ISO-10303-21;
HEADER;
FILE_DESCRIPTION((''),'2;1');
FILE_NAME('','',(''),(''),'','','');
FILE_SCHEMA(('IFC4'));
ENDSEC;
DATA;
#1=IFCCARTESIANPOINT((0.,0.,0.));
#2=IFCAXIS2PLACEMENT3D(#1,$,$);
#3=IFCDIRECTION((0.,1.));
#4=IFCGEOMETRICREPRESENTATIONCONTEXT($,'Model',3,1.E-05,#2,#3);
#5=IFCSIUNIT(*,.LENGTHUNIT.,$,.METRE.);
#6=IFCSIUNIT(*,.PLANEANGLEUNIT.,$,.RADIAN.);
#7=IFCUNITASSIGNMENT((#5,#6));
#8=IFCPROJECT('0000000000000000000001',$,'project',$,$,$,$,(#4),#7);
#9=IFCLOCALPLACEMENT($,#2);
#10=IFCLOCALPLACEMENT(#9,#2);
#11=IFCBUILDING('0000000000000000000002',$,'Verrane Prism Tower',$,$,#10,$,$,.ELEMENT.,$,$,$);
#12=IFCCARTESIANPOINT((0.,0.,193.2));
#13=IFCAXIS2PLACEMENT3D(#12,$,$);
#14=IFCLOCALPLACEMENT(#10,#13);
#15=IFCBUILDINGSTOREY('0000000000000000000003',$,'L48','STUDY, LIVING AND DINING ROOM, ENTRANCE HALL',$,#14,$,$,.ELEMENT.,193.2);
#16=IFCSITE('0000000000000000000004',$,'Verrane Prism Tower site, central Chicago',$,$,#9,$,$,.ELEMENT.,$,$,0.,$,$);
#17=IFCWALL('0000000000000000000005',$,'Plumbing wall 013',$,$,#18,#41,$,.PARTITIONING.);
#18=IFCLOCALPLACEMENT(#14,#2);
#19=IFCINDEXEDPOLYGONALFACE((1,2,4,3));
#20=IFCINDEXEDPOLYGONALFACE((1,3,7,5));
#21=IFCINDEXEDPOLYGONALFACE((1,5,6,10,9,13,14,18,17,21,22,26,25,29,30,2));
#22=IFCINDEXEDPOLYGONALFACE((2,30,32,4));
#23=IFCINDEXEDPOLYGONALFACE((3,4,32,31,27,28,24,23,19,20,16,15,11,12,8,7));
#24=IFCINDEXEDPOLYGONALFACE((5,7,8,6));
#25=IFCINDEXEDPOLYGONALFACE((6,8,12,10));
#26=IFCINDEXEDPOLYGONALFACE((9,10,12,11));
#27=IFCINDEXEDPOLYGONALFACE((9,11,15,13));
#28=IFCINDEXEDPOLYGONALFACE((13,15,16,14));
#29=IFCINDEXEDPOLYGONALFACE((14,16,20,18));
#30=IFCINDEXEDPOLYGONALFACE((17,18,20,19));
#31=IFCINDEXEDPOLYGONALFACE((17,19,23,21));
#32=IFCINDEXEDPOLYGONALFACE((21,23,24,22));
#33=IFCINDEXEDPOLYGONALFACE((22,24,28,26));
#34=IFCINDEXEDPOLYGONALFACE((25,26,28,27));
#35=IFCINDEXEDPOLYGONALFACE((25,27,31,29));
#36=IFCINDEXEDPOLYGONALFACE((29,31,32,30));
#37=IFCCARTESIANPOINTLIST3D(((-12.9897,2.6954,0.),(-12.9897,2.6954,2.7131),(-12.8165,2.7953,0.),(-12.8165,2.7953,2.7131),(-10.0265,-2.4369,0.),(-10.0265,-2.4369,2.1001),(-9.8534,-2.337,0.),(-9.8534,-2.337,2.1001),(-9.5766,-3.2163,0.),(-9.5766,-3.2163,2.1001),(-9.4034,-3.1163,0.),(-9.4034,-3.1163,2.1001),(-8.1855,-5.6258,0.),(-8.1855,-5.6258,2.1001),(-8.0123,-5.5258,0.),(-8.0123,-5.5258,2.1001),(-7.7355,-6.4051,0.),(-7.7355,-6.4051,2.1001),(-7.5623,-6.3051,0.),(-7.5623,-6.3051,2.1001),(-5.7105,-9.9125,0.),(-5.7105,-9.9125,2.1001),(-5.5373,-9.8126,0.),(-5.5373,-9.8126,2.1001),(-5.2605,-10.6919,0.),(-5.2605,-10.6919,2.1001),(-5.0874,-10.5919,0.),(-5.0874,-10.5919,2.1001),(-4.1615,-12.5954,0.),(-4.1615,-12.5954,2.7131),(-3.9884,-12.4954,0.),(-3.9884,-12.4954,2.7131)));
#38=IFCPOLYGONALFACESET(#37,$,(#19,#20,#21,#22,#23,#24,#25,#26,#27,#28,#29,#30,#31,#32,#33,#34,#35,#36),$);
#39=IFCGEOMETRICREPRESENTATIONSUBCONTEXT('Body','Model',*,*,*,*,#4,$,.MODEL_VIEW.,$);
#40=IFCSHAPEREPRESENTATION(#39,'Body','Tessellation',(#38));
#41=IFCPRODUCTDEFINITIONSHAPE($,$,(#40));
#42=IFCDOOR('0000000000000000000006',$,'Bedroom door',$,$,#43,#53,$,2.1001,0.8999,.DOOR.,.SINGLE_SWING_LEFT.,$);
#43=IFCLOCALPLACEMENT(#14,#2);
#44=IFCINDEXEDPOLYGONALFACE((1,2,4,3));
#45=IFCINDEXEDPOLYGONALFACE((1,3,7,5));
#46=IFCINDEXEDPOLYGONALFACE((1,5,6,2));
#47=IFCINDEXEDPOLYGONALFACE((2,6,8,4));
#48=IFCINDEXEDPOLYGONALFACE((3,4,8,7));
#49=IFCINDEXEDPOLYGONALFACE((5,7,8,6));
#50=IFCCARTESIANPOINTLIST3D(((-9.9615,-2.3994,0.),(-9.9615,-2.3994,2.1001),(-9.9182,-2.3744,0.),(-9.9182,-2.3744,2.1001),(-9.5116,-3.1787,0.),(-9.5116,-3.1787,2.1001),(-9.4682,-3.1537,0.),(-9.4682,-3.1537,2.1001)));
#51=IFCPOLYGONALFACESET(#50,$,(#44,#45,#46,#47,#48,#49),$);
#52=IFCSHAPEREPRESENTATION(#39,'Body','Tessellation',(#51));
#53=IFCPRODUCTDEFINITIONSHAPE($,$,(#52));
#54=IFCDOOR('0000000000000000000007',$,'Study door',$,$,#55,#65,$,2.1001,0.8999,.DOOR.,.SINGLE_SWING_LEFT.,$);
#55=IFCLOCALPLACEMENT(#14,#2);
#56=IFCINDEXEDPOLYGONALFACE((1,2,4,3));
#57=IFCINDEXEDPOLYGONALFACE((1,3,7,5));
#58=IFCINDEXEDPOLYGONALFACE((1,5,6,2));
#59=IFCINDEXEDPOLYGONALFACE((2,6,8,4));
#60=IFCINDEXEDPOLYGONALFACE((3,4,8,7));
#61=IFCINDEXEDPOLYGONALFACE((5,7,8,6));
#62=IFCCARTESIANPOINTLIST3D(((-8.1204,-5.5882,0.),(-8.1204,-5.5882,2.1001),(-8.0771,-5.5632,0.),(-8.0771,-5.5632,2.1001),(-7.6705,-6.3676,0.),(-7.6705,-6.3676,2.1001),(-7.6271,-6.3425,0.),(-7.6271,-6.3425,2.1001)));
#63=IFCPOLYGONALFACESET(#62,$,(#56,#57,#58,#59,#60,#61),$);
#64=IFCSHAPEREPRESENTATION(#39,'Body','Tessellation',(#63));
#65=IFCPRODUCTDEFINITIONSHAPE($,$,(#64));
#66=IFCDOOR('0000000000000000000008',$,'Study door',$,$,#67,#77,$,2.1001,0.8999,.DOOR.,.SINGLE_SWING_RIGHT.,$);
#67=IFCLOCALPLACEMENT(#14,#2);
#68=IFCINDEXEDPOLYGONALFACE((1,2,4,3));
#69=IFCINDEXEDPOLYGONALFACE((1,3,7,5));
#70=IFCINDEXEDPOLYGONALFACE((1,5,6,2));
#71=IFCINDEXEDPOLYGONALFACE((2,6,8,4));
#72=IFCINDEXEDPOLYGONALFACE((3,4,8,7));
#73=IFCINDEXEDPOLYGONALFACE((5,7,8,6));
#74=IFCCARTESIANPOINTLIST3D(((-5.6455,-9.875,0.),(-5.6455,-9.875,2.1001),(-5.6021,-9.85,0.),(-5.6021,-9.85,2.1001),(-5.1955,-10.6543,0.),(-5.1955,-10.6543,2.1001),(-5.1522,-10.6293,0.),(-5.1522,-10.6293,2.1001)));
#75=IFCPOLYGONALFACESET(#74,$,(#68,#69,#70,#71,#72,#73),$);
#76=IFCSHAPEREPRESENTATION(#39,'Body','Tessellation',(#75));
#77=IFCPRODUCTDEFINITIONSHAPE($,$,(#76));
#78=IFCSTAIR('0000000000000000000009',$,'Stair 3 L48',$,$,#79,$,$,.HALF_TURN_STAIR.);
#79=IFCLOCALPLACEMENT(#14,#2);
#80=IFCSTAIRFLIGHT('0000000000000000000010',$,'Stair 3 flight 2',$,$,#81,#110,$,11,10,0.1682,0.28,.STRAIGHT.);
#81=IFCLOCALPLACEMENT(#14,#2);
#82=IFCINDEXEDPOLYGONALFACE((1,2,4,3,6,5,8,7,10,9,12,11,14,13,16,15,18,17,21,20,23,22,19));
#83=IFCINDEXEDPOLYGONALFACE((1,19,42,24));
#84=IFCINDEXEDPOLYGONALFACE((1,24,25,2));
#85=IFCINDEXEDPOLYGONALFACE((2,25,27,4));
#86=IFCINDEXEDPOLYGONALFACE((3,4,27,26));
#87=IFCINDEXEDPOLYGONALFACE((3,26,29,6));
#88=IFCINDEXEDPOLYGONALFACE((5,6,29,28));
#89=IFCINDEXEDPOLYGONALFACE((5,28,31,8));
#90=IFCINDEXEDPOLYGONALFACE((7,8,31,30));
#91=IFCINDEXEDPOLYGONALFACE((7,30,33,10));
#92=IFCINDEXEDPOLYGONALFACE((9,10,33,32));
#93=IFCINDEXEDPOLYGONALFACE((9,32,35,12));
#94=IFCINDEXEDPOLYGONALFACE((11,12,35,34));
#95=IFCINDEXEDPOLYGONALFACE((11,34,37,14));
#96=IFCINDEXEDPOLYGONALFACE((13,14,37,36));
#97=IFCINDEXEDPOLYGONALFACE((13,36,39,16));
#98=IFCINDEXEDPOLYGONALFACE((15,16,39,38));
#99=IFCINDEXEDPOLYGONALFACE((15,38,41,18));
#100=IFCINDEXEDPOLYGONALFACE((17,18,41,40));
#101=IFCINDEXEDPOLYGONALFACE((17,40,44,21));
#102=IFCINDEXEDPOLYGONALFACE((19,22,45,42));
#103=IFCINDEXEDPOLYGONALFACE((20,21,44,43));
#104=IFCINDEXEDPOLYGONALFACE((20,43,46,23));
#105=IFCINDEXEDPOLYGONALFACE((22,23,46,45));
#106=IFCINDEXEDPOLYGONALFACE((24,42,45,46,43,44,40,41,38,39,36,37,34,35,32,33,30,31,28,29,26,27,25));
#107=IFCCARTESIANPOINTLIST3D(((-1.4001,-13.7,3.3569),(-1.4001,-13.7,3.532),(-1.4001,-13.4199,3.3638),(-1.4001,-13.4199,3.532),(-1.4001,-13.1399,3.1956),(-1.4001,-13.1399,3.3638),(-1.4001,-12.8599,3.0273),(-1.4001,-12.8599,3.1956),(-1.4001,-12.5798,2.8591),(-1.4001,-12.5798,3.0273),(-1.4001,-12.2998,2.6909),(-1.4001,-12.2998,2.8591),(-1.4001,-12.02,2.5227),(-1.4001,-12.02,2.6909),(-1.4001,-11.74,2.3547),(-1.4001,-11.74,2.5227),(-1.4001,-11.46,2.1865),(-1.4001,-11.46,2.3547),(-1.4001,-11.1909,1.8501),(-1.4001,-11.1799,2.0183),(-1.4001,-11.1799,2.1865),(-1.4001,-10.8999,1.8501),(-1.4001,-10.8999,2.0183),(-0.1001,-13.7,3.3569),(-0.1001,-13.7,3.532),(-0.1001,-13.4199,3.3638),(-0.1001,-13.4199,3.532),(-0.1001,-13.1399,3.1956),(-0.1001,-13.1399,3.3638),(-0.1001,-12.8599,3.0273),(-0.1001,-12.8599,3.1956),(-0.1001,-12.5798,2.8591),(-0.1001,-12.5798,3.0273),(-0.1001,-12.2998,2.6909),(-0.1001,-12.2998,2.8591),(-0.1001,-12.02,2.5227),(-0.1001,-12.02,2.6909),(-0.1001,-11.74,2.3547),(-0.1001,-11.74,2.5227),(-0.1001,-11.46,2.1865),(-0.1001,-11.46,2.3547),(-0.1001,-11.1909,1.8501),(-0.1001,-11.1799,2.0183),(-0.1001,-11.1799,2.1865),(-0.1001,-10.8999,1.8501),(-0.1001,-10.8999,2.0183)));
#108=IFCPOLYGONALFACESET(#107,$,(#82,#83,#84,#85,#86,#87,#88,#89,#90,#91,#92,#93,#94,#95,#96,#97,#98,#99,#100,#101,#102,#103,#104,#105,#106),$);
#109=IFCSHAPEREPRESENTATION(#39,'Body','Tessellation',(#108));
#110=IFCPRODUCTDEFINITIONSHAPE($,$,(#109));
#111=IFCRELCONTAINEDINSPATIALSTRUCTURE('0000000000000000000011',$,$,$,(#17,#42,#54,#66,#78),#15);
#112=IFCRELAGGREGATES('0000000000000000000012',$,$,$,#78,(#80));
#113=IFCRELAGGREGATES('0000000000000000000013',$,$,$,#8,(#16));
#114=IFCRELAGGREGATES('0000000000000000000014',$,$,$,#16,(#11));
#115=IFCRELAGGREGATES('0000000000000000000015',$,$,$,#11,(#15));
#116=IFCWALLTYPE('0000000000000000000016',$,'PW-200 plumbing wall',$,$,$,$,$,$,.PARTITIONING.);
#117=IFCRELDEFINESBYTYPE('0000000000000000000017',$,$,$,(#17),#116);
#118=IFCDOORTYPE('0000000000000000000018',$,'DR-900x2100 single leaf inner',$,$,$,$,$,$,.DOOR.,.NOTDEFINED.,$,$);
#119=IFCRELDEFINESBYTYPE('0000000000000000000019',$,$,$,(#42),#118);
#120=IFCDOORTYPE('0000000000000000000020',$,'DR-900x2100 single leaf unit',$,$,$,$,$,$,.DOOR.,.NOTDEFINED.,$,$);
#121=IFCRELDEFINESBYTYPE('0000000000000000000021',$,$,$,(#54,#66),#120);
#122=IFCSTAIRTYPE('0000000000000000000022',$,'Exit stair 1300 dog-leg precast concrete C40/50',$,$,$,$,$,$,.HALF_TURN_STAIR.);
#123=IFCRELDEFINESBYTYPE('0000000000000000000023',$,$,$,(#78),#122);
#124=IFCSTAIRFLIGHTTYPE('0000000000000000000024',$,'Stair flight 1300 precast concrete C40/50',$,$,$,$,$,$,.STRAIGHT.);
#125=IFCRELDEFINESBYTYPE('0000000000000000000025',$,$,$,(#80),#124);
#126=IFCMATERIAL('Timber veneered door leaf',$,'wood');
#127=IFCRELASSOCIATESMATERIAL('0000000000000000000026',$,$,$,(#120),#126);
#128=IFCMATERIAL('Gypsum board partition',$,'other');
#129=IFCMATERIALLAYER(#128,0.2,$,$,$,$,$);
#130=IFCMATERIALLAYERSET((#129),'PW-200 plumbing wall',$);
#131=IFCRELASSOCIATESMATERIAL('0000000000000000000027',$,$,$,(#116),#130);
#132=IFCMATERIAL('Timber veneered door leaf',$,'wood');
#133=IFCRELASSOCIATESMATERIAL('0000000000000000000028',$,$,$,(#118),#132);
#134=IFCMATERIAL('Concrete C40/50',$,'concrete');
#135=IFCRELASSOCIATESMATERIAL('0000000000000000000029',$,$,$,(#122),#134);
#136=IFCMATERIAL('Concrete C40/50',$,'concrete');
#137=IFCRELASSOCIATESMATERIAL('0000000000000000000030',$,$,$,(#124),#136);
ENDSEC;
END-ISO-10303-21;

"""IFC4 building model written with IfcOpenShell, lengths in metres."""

from ifc_helpers import new_model, si_unit, direction, frame, frame_2d, origin, place, context, subcontext, project, spatial, polyline, rectangle, outline, extrude, material, layer, layer_set, type_object, element, fill, aggregate, save


model = new_model("IFC4")

# Units and contexts
model_context = context("Model", 3, precision=1e-05, world=origin(), true_north=direction((0.0, 1.0)))
body_context = subcontext(model_context, "Body", "Model", "MODEL_VIEW")
ifc_project = project(units=[si_unit("LENGTHUNIT", "METRE"), si_unit("PLANEANGLEUNIT", "RADIAN")], contexts=[model_context])

# Site, building, storey
site_placement = place(None, origin())
site = spatial("IfcSite", under=ifc_project, at=site_placement, Name="Verrane Prism Tower site, central Chicago", CompositionType="ELEMENT", RefElevation=0.0)
building_placement = place(site_placement, origin())
building = spatial("IfcBuilding", under=site, at=building_placement, Name="Verrane Prism Tower", CompositionType="ELEMENT")
storey_placement = place(building_placement, frame((0.0, 0.0, 193.2)))
storey = spatial("IfcBuildingStorey", under=building, at=storey_placement, Name="L48", Description="STUDY, LIVING AND DINING ROOM, ENTRANCE HALL", CompositionType="ELEMENT", Elevation=193.2)

# Shared definitions
ifc_material_1 = material(Name="Timber veneered door leaf", Category="wood")
door_type_1 = type_object("IfcDoorType", Name="DR-900x2100 single leaf unit", OperationType="NOTDEFINED", PredefinedType="DOOR", material=ifc_material_1)

# Wall, openings, doors
ifc_material_2 = material(Name="Gypsum board partition", Category="other")
ifc_layer_1 = layer(ifc_material_2, 0.2)
ifc_layer_set_1 = layer_set([ifc_layer_1], Name="PW-200 plumbing wall")
wall_type_1 = type_object("IfcWallType", Name="PW-200 plumbing wall", PredefinedType="PARTITIONING", material=ifc_layer_set_1)
wall_1_placement = place(storey_placement, frame((-4.075, -12.5454, 0.0), z_axis=(0.0, 0.0, 1.0), x_axis=(-0.5, 0.866026, 0.0)))
wall_1 = element("IfcWall", 1, at=wall_1_placement, inside=storey, type_object=wall_type_1, Name="Plumbing wall 013", PredefinedType="PARTITIONING", context=body_context, shape_type="SweptSolid", body=[
    extrude(rectangle(XDim=17.6562, YDim=0.2, at=frame_2d((8.8281, 0.0))), origin(), (0.0, 0.0, 1.0), 2.7131),
])
opening_1_placement = place(wall_1_placement, frame((10.8301, 0.0, 0.0)))
opening_1 = element("IfcOpeningElement", 2, at=opening_1_placement, cuts=wall_1, PredefinedType="OPENING", context=body_context, shape_type="SweptSolid", body=[
    extrude(rectangle(XDim=0.8999, YDim=2.1001, at=frame_2d((0.45, 1.05))), frame((0.0, 0.1099, 0.0), z_axis=(0.0, -1.0, 0.0), x_axis=(1.0, 0.0, 0.0)), (0.0, 0.0, 1.0), 0.22),
])
opening_2_placement = place(wall_1_placement, frame((7.1479, 0.0, 0.0)))
opening_2 = element("IfcOpeningElement", 3, at=opening_2_placement, cuts=wall_1, PredefinedType="OPENING", context=body_context, shape_type="SweptSolid", body=[
    extrude(rectangle(XDim=0.8999, YDim=2.1001, at=frame_2d((0.45, 1.05))), frame((0.0, 0.1099, 0.0), z_axis=(0.0, -1.0, 0.0), x_axis=(1.0, 0.0, 0.0)), (0.0, 0.0, 1.0), 0.22),
])
opening_3_placement = place(wall_1_placement, frame((2.198, 0.0, 0.0)))
opening_3 = element("IfcOpeningElement", 4, at=opening_3_placement, cuts=wall_1, PredefinedType="OPENING", context=body_context, shape_type="SweptSolid", body=[
    extrude(rectangle(XDim=0.8999, YDim=2.1001, at=frame_2d((0.45, 1.05))), frame((0.0, 0.1099, 0.0), z_axis=(0.0, -1.0, 0.0), x_axis=(1.0, 0.0, 0.0)), (0.0, 0.0, 1.0), 0.22),
])
ifc_material_3 = material(Name="Timber veneered door leaf", Category="wood")
door_type_2 = type_object("IfcDoorType", Name="DR-900x2100 single leaf inner", OperationType="NOTDEFINED", PredefinedType="DOOR", material=ifc_material_3)
door_1_placement = place(opening_1_placement, origin())
door_1 = element("IfcDoor", 5, at=door_1_placement, inside=storey, type_object=door_type_2, Name="Bedroom door", OperationType="SINGLE_SWING_LEFT", OverallHeight=2.1001, OverallWidth=0.8999, PredefinedType="DOOR", context=body_context, shape_type="SweptSolid", body=[
    extrude(rectangle(XDim=0.8999, YDim=2.1001, at=frame_2d((0.45, 1.05))), frame((0.0, 0.0249, 0.0), z_axis=(0.0, -1.0, 0.0), x_axis=(1.0, 0.0, 0.0)), (0.0, 0.0, 1.0), 0.05),
])
fill(opening_1, door_1)
door_2_placement = place(opening_2_placement, origin())
door_2 = element("IfcDoor", 6, at=door_2_placement, inside=storey, type_object=door_type_1, Name="Study door", OperationType="SINGLE_SWING_LEFT", OverallHeight=2.1001, OverallWidth=0.8999, PredefinedType="DOOR", context=body_context, shape_type="SweptSolid", body=[
    extrude(rectangle(XDim=0.8999, YDim=2.1001, at=frame_2d((0.45, 1.05))), frame((0.0, 0.0249, 0.0), z_axis=(0.0, -1.0, 0.0), x_axis=(1.0, 0.0, 0.0)), (0.0, 0.0, 1.0), 0.05),
])
fill(opening_2, door_2)
door_3_placement = place(opening_3_placement, origin())
door_3 = element("IfcDoor", 7, at=door_3_placement, inside=storey, type_object=door_type_1, Name="Study door", OperationType="SINGLE_SWING_RIGHT", OverallHeight=2.1001, OverallWidth=0.8999, PredefinedType="DOOR", context=body_context, shape_type="SweptSolid", body=[
    extrude(rectangle(XDim=0.8999, YDim=2.1001, at=frame_2d((0.45, 1.05))), frame((0.0, 0.0249, 0.0), z_axis=(0.0, -1.0, 0.0), x_axis=(1.0, 0.0, 0.0)), (0.0, 0.0, 1.0), 0.05),
])
fill(opening_3, door_3)

# Stair, stair flight
ifc_material_4 = material(Name="Concrete C40/50", Category="concrete")
stair_type = type_object("IfcStairType", Name="Exit stair 1300 dog-leg precast concrete C40/50", PredefinedType="HALF_TURN_STAIR", material=ifc_material_4)
stair_placement = place(storey_placement, origin())
stair = element("IfcStair", 8, at=stair_placement, inside=storey, type_object=stair_type, Name="Stair 3 L48", PredefinedType="HALF_TURN_STAIR")
ifc_material_5 = material(Name="Concrete C40/50", Category="concrete")
stair_flight_type = type_object("IfcStairFlightType", Name="Stair flight 1300 precast concrete C40/50", PredefinedType="STRAIGHT", material=ifc_material_5)
stair_flight_placement = place(storey_placement, frame((-0.75, -10.8999, 1.8501), z_axis=(0.0, 0.0, 1.0), x_axis=(0.0, -1.0, 0.0)))
stair_flight = element("IfcStairFlight", 9, at=stair_flight_placement, type_object=stair_flight_type, Name="Stair 3 flight 2", NumberOfRisers=11, NumberOfTreads=10, PredefinedType="STRAIGHT", RiserHeight=0.1682, TreadLength=0.28, context=body_context, shape_type="SweptSolid", body=[
    extrude(outline(polyline([(0.0, 0.0), (0.0, 0.1682), (0.28, 0.1682), (0.28, 0.3364), (0.5601, 0.3364), (0.5601, 0.5046), (0.8401, 0.5046), (0.8401, 0.6726), (1.1201, 0.6726), (1.1201, 0.8408), (1.3999, 0.8408), (1.3999, 1.009), (1.6799, 1.009), (1.6799, 1.1772), (1.96, 1.1772), (1.96, 1.3455), (2.24, 1.3455), (2.24, 1.5137), (2.52, 1.5137), (2.52, 1.6819), (2.8, 1.6819), (2.8, 1.8501), (2.8, 1.5068), (0.291, 0.0), (0.0, 0.0)])), frame((0.0, 0.6499, 0.0), z_axis=(0.0, -1.0, 0.0), x_axis=(1.0, 0.0, 0.0)), (0.0, 0.0, 1.0), 1.3),
])
aggregate(stair, [stair_flight])

save(model, "model.ifc")
